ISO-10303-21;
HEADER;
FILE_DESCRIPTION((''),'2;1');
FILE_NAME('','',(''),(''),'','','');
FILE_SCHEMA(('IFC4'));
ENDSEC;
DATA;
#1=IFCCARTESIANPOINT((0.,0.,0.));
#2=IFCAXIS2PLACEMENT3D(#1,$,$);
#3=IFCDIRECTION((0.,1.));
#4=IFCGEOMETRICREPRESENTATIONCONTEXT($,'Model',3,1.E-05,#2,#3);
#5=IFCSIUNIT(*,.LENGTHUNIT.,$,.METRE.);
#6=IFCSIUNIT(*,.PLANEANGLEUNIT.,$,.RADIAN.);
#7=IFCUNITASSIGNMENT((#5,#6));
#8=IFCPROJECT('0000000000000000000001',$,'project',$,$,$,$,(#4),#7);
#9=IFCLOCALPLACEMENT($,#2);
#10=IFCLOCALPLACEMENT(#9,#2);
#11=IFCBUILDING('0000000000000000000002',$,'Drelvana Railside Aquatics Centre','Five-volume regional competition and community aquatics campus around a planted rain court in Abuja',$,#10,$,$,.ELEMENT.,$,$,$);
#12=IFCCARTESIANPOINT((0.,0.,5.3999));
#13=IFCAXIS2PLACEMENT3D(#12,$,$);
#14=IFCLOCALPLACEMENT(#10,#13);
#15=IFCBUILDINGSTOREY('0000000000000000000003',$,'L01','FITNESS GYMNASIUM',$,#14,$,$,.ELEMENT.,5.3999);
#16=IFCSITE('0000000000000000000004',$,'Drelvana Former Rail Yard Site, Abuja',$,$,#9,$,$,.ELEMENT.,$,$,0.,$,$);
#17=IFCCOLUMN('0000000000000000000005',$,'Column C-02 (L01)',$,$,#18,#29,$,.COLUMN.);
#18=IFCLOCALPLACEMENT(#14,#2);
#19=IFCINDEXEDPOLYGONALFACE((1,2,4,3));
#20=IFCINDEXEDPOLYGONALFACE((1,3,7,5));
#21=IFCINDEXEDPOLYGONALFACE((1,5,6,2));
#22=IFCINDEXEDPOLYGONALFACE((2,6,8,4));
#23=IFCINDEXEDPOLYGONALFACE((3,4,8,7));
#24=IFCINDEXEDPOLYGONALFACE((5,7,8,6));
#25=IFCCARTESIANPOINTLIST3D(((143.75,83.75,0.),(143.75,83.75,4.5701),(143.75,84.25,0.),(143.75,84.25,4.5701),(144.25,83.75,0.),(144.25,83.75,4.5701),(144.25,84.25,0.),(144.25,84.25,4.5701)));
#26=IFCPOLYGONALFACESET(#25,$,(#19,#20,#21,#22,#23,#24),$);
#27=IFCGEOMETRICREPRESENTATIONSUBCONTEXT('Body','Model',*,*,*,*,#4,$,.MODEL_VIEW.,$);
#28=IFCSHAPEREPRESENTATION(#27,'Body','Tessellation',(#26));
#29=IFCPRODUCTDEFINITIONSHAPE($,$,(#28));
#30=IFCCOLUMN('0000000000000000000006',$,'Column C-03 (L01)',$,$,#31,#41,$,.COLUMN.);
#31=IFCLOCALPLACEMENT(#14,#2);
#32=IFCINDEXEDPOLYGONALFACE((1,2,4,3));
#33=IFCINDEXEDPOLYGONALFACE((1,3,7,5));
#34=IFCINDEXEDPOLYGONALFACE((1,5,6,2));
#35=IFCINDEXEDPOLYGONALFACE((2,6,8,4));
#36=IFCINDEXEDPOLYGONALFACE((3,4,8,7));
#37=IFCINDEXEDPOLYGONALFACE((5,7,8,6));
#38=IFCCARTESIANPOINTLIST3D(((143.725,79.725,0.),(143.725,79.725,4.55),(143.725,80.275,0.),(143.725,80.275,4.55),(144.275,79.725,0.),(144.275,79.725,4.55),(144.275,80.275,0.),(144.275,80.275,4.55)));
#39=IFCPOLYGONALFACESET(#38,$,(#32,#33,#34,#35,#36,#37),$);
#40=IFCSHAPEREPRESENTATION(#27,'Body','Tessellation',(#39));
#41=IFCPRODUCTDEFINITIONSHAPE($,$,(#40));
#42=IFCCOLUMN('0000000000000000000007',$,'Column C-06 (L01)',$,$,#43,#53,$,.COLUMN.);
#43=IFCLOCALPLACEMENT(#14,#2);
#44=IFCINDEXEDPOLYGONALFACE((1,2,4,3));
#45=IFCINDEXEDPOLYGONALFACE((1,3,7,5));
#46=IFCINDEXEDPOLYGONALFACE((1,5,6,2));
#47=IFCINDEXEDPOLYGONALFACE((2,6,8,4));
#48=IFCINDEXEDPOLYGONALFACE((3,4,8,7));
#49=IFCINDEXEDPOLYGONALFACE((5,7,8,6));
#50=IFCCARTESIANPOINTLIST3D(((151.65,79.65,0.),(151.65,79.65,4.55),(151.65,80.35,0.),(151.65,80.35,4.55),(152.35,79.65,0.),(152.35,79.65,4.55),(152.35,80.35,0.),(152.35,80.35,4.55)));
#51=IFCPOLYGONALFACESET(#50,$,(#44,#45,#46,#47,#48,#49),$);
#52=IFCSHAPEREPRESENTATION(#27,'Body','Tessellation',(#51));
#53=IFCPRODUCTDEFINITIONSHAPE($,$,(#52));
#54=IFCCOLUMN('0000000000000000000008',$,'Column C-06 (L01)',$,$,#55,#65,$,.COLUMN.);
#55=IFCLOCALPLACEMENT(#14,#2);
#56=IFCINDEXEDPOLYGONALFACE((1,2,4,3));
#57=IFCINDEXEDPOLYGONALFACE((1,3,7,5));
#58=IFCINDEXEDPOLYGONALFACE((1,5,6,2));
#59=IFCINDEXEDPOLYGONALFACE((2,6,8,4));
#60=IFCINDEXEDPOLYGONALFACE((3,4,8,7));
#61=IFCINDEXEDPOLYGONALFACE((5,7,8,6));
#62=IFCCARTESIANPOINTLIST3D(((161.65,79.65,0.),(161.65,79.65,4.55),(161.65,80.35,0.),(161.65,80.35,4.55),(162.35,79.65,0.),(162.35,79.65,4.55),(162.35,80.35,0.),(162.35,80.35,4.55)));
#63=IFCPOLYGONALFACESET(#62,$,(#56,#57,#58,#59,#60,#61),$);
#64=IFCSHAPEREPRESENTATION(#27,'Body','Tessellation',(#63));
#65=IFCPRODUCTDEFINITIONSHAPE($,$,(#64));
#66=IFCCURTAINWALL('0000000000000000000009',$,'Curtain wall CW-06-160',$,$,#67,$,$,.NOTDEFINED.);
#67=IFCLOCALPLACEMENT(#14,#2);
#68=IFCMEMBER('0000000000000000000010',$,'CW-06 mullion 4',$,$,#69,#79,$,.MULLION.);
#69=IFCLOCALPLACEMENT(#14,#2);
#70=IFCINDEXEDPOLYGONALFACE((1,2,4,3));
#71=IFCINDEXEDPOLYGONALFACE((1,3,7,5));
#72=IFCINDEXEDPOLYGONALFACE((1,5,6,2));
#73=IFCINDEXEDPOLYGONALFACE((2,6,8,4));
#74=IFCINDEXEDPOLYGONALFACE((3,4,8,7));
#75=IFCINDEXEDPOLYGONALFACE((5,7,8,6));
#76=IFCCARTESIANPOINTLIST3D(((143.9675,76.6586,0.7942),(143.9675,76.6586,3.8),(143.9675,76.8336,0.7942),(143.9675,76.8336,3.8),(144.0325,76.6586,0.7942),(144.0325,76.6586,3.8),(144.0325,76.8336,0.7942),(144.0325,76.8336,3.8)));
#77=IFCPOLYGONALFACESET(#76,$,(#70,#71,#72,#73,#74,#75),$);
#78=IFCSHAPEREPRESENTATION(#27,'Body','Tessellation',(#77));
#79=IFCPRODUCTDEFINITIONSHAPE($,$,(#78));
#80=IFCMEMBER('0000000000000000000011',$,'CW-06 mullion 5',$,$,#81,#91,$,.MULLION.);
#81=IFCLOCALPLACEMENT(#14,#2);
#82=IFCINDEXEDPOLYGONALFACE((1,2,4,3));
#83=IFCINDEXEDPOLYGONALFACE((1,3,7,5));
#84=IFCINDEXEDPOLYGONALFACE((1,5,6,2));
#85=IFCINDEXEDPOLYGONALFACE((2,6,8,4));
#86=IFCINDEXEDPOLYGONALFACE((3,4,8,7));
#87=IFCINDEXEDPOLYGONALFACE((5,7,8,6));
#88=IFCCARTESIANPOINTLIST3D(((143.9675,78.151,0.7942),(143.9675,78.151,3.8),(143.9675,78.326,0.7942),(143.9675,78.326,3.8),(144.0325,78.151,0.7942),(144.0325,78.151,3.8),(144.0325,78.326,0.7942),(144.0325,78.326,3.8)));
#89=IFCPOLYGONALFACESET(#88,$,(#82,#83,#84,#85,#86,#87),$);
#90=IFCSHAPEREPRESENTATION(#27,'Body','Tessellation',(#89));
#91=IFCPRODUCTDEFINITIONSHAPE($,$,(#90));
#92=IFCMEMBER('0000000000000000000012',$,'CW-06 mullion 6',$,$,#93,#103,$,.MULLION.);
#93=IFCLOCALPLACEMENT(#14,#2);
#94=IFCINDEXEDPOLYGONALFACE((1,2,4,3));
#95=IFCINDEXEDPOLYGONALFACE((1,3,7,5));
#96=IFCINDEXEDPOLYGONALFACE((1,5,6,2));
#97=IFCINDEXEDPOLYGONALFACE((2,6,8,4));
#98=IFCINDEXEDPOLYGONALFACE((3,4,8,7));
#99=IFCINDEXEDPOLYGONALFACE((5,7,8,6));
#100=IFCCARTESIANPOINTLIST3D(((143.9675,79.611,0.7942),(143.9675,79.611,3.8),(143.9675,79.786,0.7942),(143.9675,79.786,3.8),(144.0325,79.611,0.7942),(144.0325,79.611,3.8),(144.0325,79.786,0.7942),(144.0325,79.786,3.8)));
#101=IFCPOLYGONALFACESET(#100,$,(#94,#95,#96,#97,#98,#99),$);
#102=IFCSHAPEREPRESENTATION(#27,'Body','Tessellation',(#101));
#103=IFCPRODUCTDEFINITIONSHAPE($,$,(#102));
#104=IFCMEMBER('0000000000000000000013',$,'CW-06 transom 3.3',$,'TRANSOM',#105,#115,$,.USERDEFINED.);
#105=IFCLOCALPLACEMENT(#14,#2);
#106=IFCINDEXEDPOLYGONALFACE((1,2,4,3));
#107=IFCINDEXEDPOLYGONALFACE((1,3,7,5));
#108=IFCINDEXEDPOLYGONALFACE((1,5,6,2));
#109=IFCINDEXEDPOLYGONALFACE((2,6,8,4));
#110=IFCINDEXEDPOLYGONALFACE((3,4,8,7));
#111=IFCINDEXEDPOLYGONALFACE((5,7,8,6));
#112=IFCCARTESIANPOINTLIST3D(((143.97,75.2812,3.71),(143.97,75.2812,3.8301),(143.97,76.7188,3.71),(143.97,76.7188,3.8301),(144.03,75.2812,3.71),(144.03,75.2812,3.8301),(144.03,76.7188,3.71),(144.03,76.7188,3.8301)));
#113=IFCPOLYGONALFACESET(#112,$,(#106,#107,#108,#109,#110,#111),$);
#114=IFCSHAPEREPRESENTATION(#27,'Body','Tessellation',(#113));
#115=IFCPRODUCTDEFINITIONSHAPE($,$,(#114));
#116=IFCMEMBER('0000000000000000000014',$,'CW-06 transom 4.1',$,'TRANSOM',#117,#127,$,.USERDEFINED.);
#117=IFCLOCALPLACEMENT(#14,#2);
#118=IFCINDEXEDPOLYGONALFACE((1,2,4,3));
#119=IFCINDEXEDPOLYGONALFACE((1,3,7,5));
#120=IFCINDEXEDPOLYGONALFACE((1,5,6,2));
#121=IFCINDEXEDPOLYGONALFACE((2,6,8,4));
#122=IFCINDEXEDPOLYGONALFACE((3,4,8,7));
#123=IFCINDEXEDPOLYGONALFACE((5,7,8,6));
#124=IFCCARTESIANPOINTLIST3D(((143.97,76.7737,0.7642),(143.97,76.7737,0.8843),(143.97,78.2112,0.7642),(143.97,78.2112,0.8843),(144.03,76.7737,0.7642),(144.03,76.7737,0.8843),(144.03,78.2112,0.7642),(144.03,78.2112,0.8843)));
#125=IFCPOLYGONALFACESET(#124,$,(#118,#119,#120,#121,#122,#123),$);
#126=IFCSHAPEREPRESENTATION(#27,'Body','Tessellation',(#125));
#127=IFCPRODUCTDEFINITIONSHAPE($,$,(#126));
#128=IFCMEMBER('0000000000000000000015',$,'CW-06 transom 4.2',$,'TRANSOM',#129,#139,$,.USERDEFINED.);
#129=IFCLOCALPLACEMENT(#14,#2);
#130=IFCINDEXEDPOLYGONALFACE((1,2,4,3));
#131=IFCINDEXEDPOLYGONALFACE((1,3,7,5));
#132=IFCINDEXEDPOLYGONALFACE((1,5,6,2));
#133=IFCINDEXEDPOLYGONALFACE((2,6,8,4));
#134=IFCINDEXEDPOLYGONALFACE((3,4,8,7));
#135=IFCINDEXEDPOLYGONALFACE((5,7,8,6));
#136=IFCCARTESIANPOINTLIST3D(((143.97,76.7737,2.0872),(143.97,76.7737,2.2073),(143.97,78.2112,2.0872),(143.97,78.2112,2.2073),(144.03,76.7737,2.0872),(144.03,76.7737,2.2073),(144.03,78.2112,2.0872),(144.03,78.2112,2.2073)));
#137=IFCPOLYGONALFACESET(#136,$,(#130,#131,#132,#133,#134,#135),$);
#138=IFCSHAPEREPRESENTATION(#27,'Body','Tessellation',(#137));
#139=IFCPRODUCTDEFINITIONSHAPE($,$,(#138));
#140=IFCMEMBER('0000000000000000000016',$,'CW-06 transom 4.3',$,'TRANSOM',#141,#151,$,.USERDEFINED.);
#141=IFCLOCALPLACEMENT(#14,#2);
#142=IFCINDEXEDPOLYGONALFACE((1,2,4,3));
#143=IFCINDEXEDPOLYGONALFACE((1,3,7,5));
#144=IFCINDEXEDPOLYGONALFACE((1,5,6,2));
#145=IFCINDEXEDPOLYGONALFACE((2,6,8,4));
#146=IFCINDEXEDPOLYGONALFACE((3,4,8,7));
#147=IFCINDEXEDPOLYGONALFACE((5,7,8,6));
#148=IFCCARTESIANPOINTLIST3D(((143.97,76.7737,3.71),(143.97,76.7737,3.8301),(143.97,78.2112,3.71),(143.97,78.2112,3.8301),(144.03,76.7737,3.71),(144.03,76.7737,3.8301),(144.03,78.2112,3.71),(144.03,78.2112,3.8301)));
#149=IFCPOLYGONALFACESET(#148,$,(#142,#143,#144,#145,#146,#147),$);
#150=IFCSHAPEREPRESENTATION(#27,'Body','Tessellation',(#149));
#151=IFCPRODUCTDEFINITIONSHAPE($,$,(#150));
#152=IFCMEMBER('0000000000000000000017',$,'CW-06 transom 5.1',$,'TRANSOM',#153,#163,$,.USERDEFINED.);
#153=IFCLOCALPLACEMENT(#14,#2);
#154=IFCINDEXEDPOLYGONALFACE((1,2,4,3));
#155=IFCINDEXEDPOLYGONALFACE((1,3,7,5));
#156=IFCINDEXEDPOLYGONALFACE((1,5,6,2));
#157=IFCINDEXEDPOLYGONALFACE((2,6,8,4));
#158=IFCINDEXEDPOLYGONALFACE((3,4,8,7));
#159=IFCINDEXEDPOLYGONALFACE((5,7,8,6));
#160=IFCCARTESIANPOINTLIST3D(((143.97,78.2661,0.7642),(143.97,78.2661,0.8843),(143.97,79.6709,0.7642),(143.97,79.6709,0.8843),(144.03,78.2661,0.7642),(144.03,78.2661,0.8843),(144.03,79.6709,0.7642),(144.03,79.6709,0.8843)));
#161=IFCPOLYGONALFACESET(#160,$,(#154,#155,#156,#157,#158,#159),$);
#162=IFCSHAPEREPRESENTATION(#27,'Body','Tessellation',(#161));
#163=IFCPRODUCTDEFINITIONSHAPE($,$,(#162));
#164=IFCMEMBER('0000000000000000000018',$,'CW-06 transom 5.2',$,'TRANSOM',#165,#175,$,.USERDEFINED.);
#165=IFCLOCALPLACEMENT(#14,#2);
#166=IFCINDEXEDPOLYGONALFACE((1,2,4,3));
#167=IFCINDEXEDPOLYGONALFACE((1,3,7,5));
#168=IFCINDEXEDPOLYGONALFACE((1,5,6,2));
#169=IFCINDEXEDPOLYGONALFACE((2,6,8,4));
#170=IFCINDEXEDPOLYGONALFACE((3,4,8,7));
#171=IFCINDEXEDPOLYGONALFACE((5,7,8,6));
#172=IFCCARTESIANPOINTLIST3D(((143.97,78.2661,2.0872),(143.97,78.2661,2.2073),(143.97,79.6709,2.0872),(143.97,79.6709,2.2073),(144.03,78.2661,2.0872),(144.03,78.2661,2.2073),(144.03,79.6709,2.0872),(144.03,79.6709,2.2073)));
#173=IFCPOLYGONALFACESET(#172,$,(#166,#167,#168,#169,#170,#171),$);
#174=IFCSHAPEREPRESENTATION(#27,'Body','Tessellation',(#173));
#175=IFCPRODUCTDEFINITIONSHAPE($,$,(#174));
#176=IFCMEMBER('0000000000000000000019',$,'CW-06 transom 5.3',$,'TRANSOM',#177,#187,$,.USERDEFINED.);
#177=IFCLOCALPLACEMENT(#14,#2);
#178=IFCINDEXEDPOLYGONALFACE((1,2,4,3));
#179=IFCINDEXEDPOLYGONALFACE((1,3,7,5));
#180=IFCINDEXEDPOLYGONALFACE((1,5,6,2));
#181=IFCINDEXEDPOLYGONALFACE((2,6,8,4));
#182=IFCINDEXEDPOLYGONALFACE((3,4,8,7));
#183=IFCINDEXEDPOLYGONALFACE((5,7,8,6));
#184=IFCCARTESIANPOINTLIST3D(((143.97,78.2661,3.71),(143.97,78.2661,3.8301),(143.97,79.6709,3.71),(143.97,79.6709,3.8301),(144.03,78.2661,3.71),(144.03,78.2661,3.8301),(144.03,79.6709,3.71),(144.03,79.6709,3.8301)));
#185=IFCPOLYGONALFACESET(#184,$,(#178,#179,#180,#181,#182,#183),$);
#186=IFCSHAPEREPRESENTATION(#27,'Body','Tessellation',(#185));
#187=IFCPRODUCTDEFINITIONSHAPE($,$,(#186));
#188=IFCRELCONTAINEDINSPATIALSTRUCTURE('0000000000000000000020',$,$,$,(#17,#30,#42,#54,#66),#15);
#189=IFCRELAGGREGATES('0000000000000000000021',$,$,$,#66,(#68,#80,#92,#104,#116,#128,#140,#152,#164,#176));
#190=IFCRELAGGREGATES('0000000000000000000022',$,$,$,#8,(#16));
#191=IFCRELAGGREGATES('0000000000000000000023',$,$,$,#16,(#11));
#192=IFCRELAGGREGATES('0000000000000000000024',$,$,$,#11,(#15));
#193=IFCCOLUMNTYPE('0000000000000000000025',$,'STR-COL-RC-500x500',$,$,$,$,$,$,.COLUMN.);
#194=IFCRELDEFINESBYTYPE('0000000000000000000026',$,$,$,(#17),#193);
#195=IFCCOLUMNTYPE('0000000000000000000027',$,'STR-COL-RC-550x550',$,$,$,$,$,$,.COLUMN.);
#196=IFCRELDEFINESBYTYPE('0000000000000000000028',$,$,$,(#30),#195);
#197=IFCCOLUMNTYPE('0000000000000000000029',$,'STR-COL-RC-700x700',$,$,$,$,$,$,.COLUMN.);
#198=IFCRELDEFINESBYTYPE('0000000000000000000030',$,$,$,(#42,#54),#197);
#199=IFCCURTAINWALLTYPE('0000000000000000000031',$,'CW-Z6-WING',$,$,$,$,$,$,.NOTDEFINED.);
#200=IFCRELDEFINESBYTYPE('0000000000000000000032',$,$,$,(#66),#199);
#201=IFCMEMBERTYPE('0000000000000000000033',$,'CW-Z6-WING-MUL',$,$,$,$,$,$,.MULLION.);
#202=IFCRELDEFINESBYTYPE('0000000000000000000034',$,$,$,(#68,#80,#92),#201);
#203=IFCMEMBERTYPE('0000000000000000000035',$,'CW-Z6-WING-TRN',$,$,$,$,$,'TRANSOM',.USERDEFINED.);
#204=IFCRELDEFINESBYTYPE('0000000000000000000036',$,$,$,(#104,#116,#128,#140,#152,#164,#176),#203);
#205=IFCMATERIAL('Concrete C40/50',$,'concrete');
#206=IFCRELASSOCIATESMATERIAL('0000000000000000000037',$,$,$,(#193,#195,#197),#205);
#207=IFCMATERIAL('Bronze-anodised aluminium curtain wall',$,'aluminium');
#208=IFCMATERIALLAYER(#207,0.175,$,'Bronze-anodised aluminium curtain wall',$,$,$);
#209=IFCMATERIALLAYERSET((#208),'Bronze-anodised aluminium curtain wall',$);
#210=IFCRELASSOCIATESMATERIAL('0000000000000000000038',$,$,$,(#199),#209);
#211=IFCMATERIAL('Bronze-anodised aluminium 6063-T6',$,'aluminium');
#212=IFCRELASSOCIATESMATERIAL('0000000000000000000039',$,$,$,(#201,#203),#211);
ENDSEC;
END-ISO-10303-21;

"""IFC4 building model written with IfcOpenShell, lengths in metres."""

from ifc_helpers import new_model, si_unit, direction, frame, origin, origin_2d, place, context, subcontext, project, spatial, rectangle, extrude, material, layer, layer_set, material_profile, profile_set, type_object, element, aggregate, save


model = new_model("IFC4")

# Units and contexts
model_context = context("Model", 3, precision=1e-05, world=origin(), true_north=direction((0.0, 1.0)))
body_context = subcontext(model_context, "Body", "Model", "MODEL_VIEW")
ifc_project = project(units=[si_unit("LENGTHUNIT", "METRE"), si_unit("PLANEANGLEUNIT", "RADIAN")], contexts=[model_context])

# Site, building, storey
site_placement = place(None, origin())
site = spatial("IfcSite", under=ifc_project, at=site_placement, Name="Drelvana Former Rail Yard Site, Abuja", CompositionType="ELEMENT", RefElevation=0.0)
building_placement = place(site_placement, origin())
building = spatial("IfcBuilding", under=site, at=building_placement, Name="Drelvana Railside Aquatics Centre", Description="Five-volume regional competition and community aquatics campus around a planted rain court in Abuja", CompositionType="ELEMENT")
storey_placement = place(building_placement, frame((0.0, 0.0, 5.3999)))
storey = spatial("IfcBuildingStorey", under=building, at=storey_placement, Name="L01", Description="FITNESS GYMNASIUM", CompositionType="ELEMENT", Elevation=5.3999)

# Columns
ifc_material_1 = material(Name="Concrete C40/50", Category="concrete")
ifc_material_profile_1 = material_profile(ifc_material_1, rectangle(XDim=0.5, YDim=0.5, at=origin_2d()), Name="RC 500x500")
ifc_profile_set_1 = profile_set([ifc_material_profile_1], Name="Concrete C40/50")
column_type_1 = type_object("IfcColumnType", Name="STR-COL-RC-500x500", PredefinedType="COLUMN", material=ifc_profile_set_1)
column_1_placement = place(storey_placement, frame((144.0, 84.0, 0.0), z_axis=(0.0, 0.0, 1.0), x_axis=(1.0, 0.0, 0.0)))
element("IfcColumn", 1, at=column_1_placement, inside=storey, type_object=column_type_1, Name="Column C-02 (L01)", PredefinedType="COLUMN", context=body_context, shape_type="SweptSolid", body=[
    extrude(rectangle(XDim=0.5, YDim=0.5, at=origin_2d()), origin(), (0.0, 0.0, 1.0), 4.5701),
])
ifc_material_profile_2 = material_profile(ifc_material_1, rectangle(XDim=0.55, YDim=0.55, at=origin_2d()), Name="RC 550x550")
ifc_profile_set_2 = profile_set([ifc_material_profile_2], Name="Concrete C40/50")
column_type_2 = type_object("IfcColumnType", Name="STR-COL-RC-550x550", PredefinedType="COLUMN", material=ifc_profile_set_2)
column_2_placement = place(storey_placement, frame((144.0, 80.0, 0.0), z_axis=(0.0, 0.0, 1.0), x_axis=(1.0, 0.0, 0.0)))
element("IfcColumn", 2, at=column_2_placement, inside=storey, type_object=column_type_2, Name="Column C-03 (L01)", PredefinedType="COLUMN", context=body_context, shape_type="SweptSolid", body=[
    extrude(rectangle(XDim=0.55, YDim=0.55, at=origin_2d()), origin(), (0.0, 0.0, 1.0), 4.55),
])
ifc_material_profile_3 = material_profile(ifc_material_1, rectangle(XDim=0.7, YDim=0.7, at=origin_2d()), Name="RC 700x700")
ifc_profile_set_3 = profile_set([ifc_material_profile_3], Name="Concrete C40/50")
column_type_3 = type_object("IfcColumnType", Name="STR-COL-RC-700x700", PredefinedType="COLUMN", material=ifc_profile_set_3)
for number, where, z_axis, x_axis, name in (
    (3, (152.0, 80.0, 0.0), (0.0, 0.0, 1.0), (1.0, 0.0, 0.0), "Column C-06 (L01)"),
    (4, (162.0, 80.0, 0.0), (0.0, 0.0, 1.0), (1.0, 0.0, 0.0), "Column C-06 (L01)"),
):
    element("IfcColumn", number, at=place(storey_placement, frame(where, z_axis=z_axis, x_axis=x_axis)), inside=storey, type_object=column_type_3, Name=name, PredefinedType="COLUMN", context=body_context, shape_type="SweptSolid", body=[
        extrude(rectangle(XDim=0.7, YDim=0.7, at=origin_2d()), origin(), (0.0, 0.0, 1.0), 4.55),
    ])

# Curtain wall, members
ifc_material_2 = material(Name="Bronze-anodised aluminium curtain wall", Category="aluminium")
ifc_layer_1 = layer(ifc_material_2, 0.175, Name="Bronze-anodised aluminium curtain wall")
ifc_layer_set_1 = layer_set([ifc_layer_1], Name="Bronze-anodised aluminium curtain wall")
curtain_wall_type = type_object("IfcCurtainWallType", Name="CW-Z6-WING", PredefinedType="NOTDEFINED", material=ifc_layer_set_1)
curtain_wall_placement = place(storey_placement, origin())
curtain_wall = element("IfcCurtainWall", 5, at=curtain_wall_placement, inside=storey, type_object=curtain_wall_type, Name="Curtain wall CW-06-160", PredefinedType="NOTDEFINED")
ifc_material_3 = material(Name="Bronze-anodised aluminium 6063-T6", Category="aluminium")
ifc_material_profile_4 = material_profile(ifc_material_3, rectangle(XDim=0.0649, YDim=0.175, at=origin_2d()), Name="ALU-M 65x175")
ifc_profile_set_4 = profile_set([ifc_material_profile_4], Name="Bronze-anodised aluminium 6063-T6")
member_type_1 = type_object("IfcMemberType", Name="CW-Z6-WING-MUL", PredefinedType="MULLION", material=ifc_profile_set_4)
member_1_placement = place(storey_placement, frame((144.0, 76.7461, 0.7942), z_axis=(0.0, 0.0, 1.0), x_axis=(-1.0, 0.0, 0.0)))
member_1 = element("IfcMember", 6, at=member_1_placement, type_object=member_type_1, Name="CW-06 mullion 4", PredefinedType="MULLION", context=body_context, shape_type="SweptSolid", body=[
    extrude(rectangle(XDim=0.0649, YDim=0.175, at=origin_2d()), origin(), (0.0, 0.0, 1.0), 3.0059),
])
member_2_placement = place(storey_placement, frame((144.0, 78.2385, 0.7942), z_axis=(0.0, 0.0, 1.0), x_axis=(-1.0, 0.0, 0.0)))
member_2 = element("IfcMember", 7, at=member_2_placement, type_object=member_type_1, Name="CW-06 mullion 5", PredefinedType="MULLION", context=body_context, shape_type="SweptSolid", body=[
    extrude(rectangle(XDim=0.0649, YDim=0.175, at=origin_2d()), origin(), (0.0, 0.0, 1.0), 3.0059),
])
member_3_placement = place(storey_placement, frame((144.0, 79.6985, 0.7942), z_axis=(0.0, 0.0, 1.0), x_axis=(-1.0, 0.0, 0.0)))
member_3 = element("IfcMember", 8, at=member_3_placement, type_object=member_type_1, Name="CW-06 mullion 6", PredefinedType="MULLION", context=body_context, shape_type="SweptSolid", body=[
    extrude(rectangle(XDim=0.0649, YDim=0.175, at=origin_2d()), origin(), (0.0, 0.0, 1.0), 3.0059),
])
ifc_material_profile_5 = material_profile(ifc_material_3, rectangle(XDim=0.1201, YDim=0.0601, at=origin_2d()), Name="ALU-T 60x120")
ifc_profile_set_5 = profile_set([ifc_material_profile_5], Name="Bronze-anodised aluminium 6063-T6")
member_type_2 = type_object("IfcMemberType", Name="CW-Z6-WING-TRN", ElementType="TRANSOM", PredefinedType="USERDEFINED", material=ifc_profile_set_5)
member_4_placement = place(storey_placement, frame((144.0, 75.2812, 3.77), z_axis=(0.0, 1.0, 0.0), x_axis=(0.0, 0.0, 1.0)))
member_4 = element("IfcMember", 9, at=member_4_placement, type_object=member_type_2, Name="CW-06 transom 3.3", ObjectType="TRANSOM", PredefinedType="USERDEFINED", context=body_context, shape_type="SweptSolid", body=[
    extrude(rectangle(XDim=0.1201, YDim=0.0601, at=origin_2d()), origin(), (0.0, 0.0, 1.0), 1.4375),
])
member_5_placement = place(storey_placement, frame((144.0, 76.7737, 0.8242), z_axis=(0.0, 1.0, 0.0), x_axis=(0.0, 0.0, 1.0)))
member_5 = element("IfcMember", 10, at=member_5_placement, type_object=member_type_2, Name="CW-06 transom 4.1", ObjectType="TRANSOM", PredefinedType="USERDEFINED", context=body_context, shape_type="SweptSolid", body=[
    extrude(rectangle(XDim=0.1201, YDim=0.0601, at=origin_2d()), origin(), (0.0, 0.0, 1.0), 1.4375),
])
member_6_placement = place(storey_placement, frame((144.0, 76.7737, 2.1472), z_axis=(0.0, 1.0, 0.0), x_axis=(0.0, 0.0, 1.0)))
member_6 = element("IfcMember", 11, at=member_6_placement, type_object=member_type_2, Name="CW-06 transom 4.2", ObjectType="TRANSOM", PredefinedType="USERDEFINED", context=body_context, shape_type="SweptSolid", body=[
    extrude(rectangle(XDim=0.1201, YDim=0.0601, at=origin_2d()), origin(), (0.0, 0.0, 1.0), 1.4375),
])
member_7_placement = place(storey_placement, frame((144.0, 76.7737, 3.77), z_axis=(0.0, 1.0, 0.0), x_axis=(0.0, 0.0, 1.0)))
member_7 = element("IfcMember", 12, at=member_7_placement, type_object=member_type_2, Name="CW-06 transom 4.3", ObjectType="TRANSOM", PredefinedType="USERDEFINED", context=body_context, shape_type="SweptSolid", body=[
    extrude(rectangle(XDim=0.1201, YDim=0.0601, at=origin_2d()), origin(), (0.0, 0.0, 1.0), 1.4375),
])
member_8_placement = place(storey_placement, frame((144.0, 78.2661, 0.8242), z_axis=(0.0, 1.0, 0.0), x_axis=(0.0, 0.0, 1.0)))
member_8 = element("IfcMember", 13, at=member_8_placement, type_object=member_type_2, Name="CW-06 transom 5.1", ObjectType="TRANSOM", PredefinedType="USERDEFINED", context=body_context, shape_type="SweptSolid", body=[
    extrude(rectangle(XDim=0.1201, YDim=0.0601, at=origin_2d()), origin(), (0.0, 0.0, 1.0), 1.4048),
])
member_9_placement = place(storey_placement, frame((144.0, 78.2661, 2.1472), z_axis=(0.0, 1.0, 0.0), x_axis=(0.0, 0.0, 1.0)))
member_9 = element("IfcMember", 14, at=member_9_placement, type_object=member_type_2, Name="CW-06 transom 5.2", ObjectType="TRANSOM", PredefinedType="USERDEFINED", context=body_context, shape_type="SweptSolid", body=[
    extrude(rectangle(XDim=0.1201, YDim=0.0601, at=origin_2d()), origin(), (0.0, 0.0, 1.0), 1.4048),
])
member_10_placement = place(storey_placement, frame((144.0, 78.2661, 3.77), z_axis=(0.0, 1.0, 0.0), x_axis=(0.0, 0.0, 1.0)))
member_10 = element("IfcMember", 15, at=member_10_placement, type_object=member_type_2, Name="CW-06 transom 5.3", ObjectType="TRANSOM", PredefinedType="USERDEFINED", context=body_context, shape_type="SweptSolid", body=[
    extrude(rectangle(XDim=0.1201, YDim=0.0601, at=origin_2d()), origin(), (0.0, 0.0, 1.0), 1.4048),
])

aggregate(curtain_wall, [member_1, member_2, member_3, member_4, member_5, member_6, member_7, member_8, member_9, member_10])

save(model, "model.ifc")
